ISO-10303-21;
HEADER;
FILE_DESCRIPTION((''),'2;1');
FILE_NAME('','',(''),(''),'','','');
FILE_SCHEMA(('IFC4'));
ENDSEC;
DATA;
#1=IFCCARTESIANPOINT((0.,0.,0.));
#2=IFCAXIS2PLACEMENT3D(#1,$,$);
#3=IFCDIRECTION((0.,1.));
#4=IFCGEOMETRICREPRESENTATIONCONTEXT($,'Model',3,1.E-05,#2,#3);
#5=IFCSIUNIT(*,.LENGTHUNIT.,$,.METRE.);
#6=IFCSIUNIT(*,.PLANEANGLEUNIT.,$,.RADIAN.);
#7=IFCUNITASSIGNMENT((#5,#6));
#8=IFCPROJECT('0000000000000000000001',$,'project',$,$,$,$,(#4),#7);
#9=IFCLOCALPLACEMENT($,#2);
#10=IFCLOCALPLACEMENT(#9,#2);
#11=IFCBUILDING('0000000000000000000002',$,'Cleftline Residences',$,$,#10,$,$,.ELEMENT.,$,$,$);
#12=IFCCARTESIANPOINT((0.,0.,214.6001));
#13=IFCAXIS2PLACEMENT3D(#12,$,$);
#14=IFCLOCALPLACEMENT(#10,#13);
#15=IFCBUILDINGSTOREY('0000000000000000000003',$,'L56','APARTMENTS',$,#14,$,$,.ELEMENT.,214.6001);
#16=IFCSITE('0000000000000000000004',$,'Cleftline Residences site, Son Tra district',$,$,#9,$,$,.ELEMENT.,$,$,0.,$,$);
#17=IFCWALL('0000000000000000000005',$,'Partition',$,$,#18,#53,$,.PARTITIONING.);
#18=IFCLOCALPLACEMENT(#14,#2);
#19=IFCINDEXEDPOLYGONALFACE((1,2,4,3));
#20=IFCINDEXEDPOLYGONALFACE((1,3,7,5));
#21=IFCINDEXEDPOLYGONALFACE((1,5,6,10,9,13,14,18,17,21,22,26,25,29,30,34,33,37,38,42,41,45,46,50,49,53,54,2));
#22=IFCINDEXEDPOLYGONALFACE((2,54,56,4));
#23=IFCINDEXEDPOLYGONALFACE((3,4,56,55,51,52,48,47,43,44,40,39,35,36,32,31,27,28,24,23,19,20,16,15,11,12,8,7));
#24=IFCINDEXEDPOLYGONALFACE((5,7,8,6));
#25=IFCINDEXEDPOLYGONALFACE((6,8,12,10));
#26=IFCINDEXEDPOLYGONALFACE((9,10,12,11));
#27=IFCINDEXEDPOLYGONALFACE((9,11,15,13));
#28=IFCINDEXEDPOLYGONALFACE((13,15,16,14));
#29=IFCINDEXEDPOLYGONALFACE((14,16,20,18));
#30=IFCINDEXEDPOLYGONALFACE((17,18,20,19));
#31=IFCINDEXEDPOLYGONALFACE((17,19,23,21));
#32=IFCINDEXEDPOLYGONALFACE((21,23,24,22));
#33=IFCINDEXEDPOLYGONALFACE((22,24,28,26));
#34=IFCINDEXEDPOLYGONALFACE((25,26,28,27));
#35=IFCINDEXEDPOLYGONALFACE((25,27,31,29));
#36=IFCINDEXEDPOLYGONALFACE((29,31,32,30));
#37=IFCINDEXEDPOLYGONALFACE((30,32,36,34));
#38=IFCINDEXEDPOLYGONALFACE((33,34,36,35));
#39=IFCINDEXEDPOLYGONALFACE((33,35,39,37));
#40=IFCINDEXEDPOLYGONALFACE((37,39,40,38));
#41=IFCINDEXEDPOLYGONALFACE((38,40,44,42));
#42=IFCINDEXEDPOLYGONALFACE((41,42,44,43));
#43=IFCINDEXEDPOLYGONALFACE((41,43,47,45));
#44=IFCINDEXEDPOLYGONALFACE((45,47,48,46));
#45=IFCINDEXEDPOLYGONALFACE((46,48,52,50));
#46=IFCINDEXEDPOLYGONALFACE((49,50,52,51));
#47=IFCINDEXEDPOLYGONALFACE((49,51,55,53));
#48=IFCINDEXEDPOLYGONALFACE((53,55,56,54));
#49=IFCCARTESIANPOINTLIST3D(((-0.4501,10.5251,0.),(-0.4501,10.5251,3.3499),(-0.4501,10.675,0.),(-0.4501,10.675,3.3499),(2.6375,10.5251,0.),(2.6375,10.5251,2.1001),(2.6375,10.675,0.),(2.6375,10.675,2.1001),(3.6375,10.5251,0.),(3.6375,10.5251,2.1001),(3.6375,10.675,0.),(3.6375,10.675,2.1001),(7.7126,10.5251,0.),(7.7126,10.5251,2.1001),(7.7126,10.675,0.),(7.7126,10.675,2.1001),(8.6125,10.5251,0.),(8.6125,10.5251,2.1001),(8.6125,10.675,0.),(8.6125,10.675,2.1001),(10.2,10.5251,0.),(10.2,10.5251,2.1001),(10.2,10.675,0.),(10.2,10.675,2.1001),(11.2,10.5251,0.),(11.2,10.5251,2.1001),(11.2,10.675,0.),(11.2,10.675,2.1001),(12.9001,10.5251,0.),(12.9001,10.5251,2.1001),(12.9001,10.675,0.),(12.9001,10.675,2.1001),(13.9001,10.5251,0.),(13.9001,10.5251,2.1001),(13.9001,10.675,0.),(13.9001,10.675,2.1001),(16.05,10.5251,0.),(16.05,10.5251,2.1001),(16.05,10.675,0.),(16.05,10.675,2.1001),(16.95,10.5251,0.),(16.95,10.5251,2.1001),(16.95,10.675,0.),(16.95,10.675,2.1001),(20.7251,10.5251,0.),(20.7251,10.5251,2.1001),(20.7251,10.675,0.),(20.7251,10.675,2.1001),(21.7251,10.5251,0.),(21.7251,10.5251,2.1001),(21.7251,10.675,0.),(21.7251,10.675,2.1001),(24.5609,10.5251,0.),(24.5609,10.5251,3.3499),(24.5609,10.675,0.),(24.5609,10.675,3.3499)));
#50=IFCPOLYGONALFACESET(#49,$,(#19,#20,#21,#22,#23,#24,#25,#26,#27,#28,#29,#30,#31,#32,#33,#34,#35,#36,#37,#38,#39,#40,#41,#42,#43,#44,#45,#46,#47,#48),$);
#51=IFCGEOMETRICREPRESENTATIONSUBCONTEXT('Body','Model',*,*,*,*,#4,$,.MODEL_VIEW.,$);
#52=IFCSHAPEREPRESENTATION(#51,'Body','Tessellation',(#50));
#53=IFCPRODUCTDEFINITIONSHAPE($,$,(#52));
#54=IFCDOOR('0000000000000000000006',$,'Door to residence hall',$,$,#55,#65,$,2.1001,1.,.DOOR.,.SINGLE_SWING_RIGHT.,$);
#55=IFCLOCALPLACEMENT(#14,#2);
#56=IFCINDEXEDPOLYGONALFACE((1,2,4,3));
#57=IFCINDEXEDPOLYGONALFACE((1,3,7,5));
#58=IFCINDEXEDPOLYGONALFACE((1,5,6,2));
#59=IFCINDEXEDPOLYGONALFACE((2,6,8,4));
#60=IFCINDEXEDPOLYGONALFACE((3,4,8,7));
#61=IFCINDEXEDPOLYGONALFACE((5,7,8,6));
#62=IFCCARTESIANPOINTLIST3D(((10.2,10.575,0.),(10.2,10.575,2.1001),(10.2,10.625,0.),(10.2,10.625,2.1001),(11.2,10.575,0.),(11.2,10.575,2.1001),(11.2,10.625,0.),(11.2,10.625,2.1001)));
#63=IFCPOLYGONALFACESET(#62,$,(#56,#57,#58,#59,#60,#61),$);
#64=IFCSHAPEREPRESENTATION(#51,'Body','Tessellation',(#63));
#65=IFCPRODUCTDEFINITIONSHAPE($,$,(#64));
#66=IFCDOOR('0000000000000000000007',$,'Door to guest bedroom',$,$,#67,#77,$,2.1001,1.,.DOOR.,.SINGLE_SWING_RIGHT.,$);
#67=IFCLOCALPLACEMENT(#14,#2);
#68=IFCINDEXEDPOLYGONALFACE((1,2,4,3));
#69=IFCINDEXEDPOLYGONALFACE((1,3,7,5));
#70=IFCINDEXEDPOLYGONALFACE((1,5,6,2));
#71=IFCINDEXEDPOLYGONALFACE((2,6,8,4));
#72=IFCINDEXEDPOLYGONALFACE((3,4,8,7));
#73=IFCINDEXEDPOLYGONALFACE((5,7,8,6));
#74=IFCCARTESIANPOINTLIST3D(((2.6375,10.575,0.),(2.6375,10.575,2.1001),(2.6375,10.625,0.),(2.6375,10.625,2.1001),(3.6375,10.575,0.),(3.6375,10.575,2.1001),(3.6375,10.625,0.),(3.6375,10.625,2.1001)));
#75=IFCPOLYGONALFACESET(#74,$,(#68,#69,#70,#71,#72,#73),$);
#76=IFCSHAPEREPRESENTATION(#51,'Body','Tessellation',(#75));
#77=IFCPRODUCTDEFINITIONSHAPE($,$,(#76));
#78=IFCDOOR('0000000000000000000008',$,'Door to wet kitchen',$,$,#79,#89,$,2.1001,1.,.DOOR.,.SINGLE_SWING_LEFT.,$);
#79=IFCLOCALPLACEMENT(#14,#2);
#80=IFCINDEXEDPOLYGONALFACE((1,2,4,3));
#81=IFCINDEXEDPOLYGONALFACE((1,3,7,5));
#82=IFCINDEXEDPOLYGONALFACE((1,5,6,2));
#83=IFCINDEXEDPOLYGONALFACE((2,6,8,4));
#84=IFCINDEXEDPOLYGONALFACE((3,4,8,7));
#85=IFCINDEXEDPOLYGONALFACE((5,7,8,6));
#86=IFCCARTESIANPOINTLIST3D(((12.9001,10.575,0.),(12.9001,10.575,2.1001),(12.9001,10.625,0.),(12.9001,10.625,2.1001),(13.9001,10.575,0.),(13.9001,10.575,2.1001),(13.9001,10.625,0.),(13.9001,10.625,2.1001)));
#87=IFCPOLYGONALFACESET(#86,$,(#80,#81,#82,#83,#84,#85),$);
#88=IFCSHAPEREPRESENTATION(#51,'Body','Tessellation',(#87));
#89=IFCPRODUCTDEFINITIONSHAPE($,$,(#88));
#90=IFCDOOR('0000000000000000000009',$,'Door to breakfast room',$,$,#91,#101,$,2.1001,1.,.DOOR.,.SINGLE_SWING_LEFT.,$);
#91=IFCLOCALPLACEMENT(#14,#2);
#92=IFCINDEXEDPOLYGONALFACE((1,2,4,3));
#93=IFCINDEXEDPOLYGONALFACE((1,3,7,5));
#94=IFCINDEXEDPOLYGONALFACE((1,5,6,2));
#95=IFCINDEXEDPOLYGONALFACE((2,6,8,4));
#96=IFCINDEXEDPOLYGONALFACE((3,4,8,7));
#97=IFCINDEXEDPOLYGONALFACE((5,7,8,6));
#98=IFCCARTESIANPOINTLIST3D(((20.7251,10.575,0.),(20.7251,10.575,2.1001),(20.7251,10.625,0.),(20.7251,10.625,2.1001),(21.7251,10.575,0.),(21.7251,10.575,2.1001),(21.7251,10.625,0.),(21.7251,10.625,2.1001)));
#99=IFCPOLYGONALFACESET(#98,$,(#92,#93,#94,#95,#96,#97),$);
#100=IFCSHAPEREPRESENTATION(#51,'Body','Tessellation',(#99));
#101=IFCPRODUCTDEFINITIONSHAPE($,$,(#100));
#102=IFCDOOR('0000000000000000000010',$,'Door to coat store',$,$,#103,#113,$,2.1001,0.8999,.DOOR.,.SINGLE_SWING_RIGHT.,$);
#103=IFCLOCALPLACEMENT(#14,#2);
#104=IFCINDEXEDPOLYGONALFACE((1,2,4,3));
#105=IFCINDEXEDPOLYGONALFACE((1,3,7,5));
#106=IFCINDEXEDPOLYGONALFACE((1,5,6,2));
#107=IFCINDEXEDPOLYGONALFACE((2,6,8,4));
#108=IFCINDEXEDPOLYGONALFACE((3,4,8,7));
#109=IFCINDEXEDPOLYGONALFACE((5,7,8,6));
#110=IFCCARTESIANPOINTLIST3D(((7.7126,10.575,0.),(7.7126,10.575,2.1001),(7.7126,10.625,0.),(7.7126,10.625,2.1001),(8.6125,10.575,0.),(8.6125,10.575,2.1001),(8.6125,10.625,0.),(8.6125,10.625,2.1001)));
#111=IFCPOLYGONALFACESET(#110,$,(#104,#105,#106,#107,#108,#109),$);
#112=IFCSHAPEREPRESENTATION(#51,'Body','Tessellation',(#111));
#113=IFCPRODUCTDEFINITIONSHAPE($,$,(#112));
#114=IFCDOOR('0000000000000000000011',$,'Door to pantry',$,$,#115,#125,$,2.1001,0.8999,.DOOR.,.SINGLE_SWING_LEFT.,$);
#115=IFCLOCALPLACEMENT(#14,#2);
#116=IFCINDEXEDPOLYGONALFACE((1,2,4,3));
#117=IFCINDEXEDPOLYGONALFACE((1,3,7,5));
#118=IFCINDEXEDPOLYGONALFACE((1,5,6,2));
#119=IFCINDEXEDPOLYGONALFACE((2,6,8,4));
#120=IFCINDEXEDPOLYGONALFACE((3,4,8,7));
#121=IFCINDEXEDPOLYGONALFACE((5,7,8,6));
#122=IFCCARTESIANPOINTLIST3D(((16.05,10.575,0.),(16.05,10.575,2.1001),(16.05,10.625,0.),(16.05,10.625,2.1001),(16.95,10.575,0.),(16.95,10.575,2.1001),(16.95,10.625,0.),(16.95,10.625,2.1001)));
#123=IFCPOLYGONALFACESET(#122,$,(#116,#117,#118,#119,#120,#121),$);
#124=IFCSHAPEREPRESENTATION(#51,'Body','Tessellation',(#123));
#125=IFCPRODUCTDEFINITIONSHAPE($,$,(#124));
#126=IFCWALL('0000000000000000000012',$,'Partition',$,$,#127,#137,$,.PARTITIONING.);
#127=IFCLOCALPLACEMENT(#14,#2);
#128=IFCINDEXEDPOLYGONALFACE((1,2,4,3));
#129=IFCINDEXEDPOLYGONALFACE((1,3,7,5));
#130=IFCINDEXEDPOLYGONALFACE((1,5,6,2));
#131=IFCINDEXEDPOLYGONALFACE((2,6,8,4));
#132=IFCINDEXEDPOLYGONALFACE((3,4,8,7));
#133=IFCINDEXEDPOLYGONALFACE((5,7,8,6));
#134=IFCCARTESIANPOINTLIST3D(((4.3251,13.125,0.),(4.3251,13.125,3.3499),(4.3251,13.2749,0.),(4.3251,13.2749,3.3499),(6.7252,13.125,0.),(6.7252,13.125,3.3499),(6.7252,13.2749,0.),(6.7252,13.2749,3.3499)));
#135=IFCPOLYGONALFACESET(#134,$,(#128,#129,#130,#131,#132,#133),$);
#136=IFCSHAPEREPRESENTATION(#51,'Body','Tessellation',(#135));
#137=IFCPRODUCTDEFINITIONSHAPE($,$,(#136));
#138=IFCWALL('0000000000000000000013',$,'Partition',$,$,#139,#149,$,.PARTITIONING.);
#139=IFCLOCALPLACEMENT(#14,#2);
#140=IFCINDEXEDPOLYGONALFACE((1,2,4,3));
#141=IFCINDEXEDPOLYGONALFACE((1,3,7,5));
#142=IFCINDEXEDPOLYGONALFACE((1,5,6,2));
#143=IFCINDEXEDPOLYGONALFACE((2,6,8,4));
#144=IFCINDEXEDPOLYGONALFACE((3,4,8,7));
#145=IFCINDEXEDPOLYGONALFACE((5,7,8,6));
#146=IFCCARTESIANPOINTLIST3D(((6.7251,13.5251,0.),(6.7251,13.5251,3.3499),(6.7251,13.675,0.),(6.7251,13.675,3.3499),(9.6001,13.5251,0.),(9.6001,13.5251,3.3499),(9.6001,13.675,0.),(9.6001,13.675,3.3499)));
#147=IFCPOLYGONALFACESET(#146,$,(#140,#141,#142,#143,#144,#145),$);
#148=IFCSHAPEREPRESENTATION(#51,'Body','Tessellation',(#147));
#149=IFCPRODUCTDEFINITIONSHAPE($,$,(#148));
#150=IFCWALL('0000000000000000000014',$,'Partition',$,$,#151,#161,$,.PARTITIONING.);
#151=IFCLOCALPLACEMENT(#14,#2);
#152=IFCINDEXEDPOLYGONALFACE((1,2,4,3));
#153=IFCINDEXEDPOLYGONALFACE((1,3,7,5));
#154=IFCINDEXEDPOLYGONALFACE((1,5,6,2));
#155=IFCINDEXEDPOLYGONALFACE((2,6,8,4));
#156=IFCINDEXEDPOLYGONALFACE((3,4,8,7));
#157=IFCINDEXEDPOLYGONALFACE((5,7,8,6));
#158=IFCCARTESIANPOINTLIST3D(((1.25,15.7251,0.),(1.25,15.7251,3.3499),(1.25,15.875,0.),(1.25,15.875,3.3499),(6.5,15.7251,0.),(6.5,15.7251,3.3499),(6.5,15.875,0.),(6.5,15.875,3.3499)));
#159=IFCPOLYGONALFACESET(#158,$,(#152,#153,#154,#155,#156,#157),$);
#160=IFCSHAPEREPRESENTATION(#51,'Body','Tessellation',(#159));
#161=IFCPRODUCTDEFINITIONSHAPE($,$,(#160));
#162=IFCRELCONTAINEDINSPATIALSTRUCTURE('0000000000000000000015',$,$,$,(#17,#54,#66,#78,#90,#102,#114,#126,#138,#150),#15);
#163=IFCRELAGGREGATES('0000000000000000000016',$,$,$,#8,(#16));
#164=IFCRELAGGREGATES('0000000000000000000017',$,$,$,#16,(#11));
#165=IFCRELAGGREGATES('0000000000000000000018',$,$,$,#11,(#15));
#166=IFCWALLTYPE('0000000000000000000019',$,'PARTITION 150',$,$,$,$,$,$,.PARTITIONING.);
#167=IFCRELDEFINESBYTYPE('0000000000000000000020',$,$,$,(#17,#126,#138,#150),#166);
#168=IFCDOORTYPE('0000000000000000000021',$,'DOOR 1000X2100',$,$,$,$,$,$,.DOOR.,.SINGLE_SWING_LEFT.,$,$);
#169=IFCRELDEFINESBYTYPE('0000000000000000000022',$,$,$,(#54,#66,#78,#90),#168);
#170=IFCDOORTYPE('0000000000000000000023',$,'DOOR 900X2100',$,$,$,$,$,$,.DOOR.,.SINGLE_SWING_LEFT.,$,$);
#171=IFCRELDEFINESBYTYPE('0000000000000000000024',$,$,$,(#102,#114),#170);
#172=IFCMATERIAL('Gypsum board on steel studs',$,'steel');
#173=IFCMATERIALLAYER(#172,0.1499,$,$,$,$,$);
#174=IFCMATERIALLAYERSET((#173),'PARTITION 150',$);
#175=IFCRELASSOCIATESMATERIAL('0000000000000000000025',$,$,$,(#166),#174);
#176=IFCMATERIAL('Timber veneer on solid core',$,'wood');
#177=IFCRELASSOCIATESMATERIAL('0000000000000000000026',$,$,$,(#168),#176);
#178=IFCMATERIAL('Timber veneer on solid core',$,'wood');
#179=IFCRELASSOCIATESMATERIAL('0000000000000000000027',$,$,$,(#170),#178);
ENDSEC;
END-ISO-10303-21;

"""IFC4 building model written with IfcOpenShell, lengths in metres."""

from ifc_helpers import new_model, si_unit, direction, frame, frame_2d, origin, place, context, subcontext, project, spatial, rectangle, extrude, material, layer, layer_set, type_object, element, fill, save


model = new_model("IFC4")

# Units and contexts
model_context = context("Model", 3, precision=1e-05, world=origin(), true_north=direction((0.0, 1.0)))
body_context = subcontext(model_context, "Body", "Model", "MODEL_VIEW")
ifc_project = project(units=[si_unit("LENGTHUNIT", "METRE"), si_unit("PLANEANGLEUNIT", "RADIAN")], contexts=[model_context])

# Site, building, storey
site_placement = place(None, origin())
site = spatial("IfcSite", under=ifc_project, at=site_placement, Name="Cleftline Residences site, Son Tra district", CompositionType="ELEMENT", RefElevation=0.0)
building_placement = place(site_placement, origin())
building = spatial("IfcBuilding", under=site, at=building_placement, Name="Cleftline Residences", CompositionType="ELEMENT")
storey_placement = place(building_placement, frame((0.0, 0.0, 214.6001)))
storey = spatial("IfcBuildingStorey", under=building, at=storey_placement, Name="L56", Description="APARTMENTS", CompositionType="ELEMENT", Elevation=214.6001)

# Wall, openings, doors
ifc_material_1 = material(Name="Gypsum board on steel studs", Category="steel")
ifc_layer = layer(ifc_material_1, 0.1499)
ifc_layer_set = layer_set([ifc_layer], Name="PARTITION 150")
wall_type = type_object("IfcWallType", Name="PARTITION 150", PredefinedType="PARTITIONING", material=ifc_layer_set)
wall_1_placement = place(storey_placement, frame((-0.45, 10.6001, 0.0), z_axis=(0.0, 0.0, 1.0), x_axis=(1.0, 0.0, 0.0)))
wall_1 = element("IfcWall", 1, at=wall_1_placement, inside=storey, type_object=wall_type, Name="Partition", PredefinedType="PARTITIONING", context=body_context, shape_type="SweptSolid", body=[
    extrude(rectangle(XDim=25.011, YDim=0.1499, at=frame_2d((12.5054, 0.0))), origin(), (0.0, 0.0, 1.0), 3.3499),
])
opening_1_placement = place(wall_1_placement, frame((10.6499, 0.0, 0.0)))
opening_1 = element("IfcOpeningElement", 2, at=opening_1_placement, cuts=wall_1, PredefinedType="OPENING", context=body_context, shape_type="SweptSolid", body=[
    extrude(rectangle(XDim=1.0, YDim=2.1001, at=frame_2d((0.5, 1.05))), frame((0.0, 0.085, 0.0), z_axis=(0.0, -1.0, 0.0), x_axis=(1.0, 0.0, 0.0)), (0.0, 0.0, 1.0), 0.1699),
])
opening_2_placement = place(wall_1_placement, frame((3.0874, 0.0, 0.0)))
opening_2 = element("IfcOpeningElement", 3, at=opening_2_placement, cuts=wall_1, PredefinedType="OPENING", context=body_context, shape_type="SweptSolid", body=[
    extrude(rectangle(XDim=1.0, YDim=2.1001, at=frame_2d((0.5, 1.05))), frame((0.0, 0.085, 0.0), z_axis=(0.0, -1.0, 0.0), x_axis=(1.0, 0.0, 0.0)), (0.0, 0.0, 1.0), 0.1699),
])
opening_3_placement = place(wall_1_placement, frame((8.1626, 0.0, 0.0)))
opening_3 = element("IfcOpeningElement", 4, at=opening_3_placement, cuts=wall_1, PredefinedType="OPENING", context=body_context, shape_type="SweptSolid", body=[
    extrude(rectangle(XDim=0.8999, YDim=2.1001, at=frame_2d((0.45, 1.05))), frame((0.0, 0.085, 0.0), z_axis=(0.0, -1.0, 0.0), x_axis=(1.0, 0.0, 0.0)), (0.0, 0.0, 1.0), 0.1699),
])
opening_4_placement = place(wall_1_placement, frame((13.3501, 0.0, 0.0)))
opening_4 = element("IfcOpeningElement", 5, at=opening_4_placement, cuts=wall_1, PredefinedType="OPENING", context=body_context, shape_type="SweptSolid", body=[
    extrude(rectangle(XDim=1.0, YDim=2.1001, at=frame_2d((0.5, 1.05))), frame((0.0, 0.085, 0.0), z_axis=(0.0, -1.0, 0.0), x_axis=(1.0, 0.0, 0.0)), (0.0, 0.0, 1.0), 0.1699),
])
opening_5_placement = place(wall_1_placement, frame((16.5, 0.0, 0.0)))
opening_5 = element("IfcOpeningElement", 6, at=opening_5_placement, cuts=wall_1, PredefinedType="OPENING", context=body_context, shape_type="SweptSolid", body=[
    extrude(rectangle(XDim=0.8999, YDim=2.1001, at=frame_2d((0.45, 1.05))), frame((0.0, 0.085, 0.0), z_axis=(0.0, -1.0, 0.0), x_axis=(1.0, 0.0, 0.0)), (0.0, 0.0, 1.0), 0.1699),
])
opening_6_placement = place(wall_1_placement, frame((21.175, 0.0, 0.0)))
opening_6 = element("IfcOpeningElement", 7, at=opening_6_placement, cuts=wall_1, PredefinedType="OPENING", context=body_context, shape_type="SweptSolid", body=[
    extrude(rectangle(XDim=1.0, YDim=2.1001, at=frame_2d((0.5, 1.05))), frame((0.0, 0.085, 0.0), z_axis=(0.0, -1.0, 0.0), x_axis=(1.0, 0.0, 0.0)), (0.0, 0.0, 1.0), 0.1699),
])
ifc_material_2 = material(Name="Timber veneer on solid core", Category="wood")
door_type_1 = type_object("IfcDoorType", Name="DOOR 1000X2100", OperationType="SINGLE_SWING_LEFT", PredefinedType="DOOR", material=ifc_material_2)
door_1_placement = place(opening_1_placement, origin())
door_1 = element("IfcDoor", 8, at=door_1_placement, inside=storey, type_object=door_type_1, Name="Door to residence hall", OperationType="SINGLE_SWING_RIGHT", OverallHeight=2.1001, OverallWidth=1.0, PredefinedType="DOOR", context=body_context, shape_type="SweptSolid", body=[
    extrude(rectangle(XDim=1.0, YDim=2.1001, at=frame_2d((0.5, 1.05))), frame((0.0, 0.0249, 0.0), z_axis=(0.0, -1.0, 0.0), x_axis=(1.0, 0.0, 0.0)), (0.0, 0.0, 1.0), 0.05),
])
fill(opening_1, door_1)
door_2_placement = place(opening_2_placement, origin())
door_2 = element("IfcDoor", 9, at=door_2_placement, inside=storey, type_object=door_type_1, Name="Door to guest bedroom", OperationType="SINGLE_SWING_RIGHT", OverallHeight=2.1001, OverallWidth=1.0, PredefinedType="DOOR", context=body_context, shape_type="SweptSolid", body=[
    extrude(rectangle(XDim=1.0, YDim=2.1001, at=frame_2d((0.5, 1.05))), frame((0.0, 0.0249, 0.0), z_axis=(0.0, -1.0, 0.0), x_axis=(1.0, 0.0, 0.0)), (0.0, 0.0, 1.0), 0.05),
])
fill(opening_2, door_2)
door_3_placement = place(opening_4_placement, origin())
door_3 = element("IfcDoor", 10, at=door_3_placement, inside=storey, type_object=door_type_1, Name="Door to wet kitchen", OperationType="SINGLE_SWING_LEFT", OverallHeight=2.1001, OverallWidth=1.0, PredefinedType="DOOR", context=body_context, shape_type="SweptSolid", body=[
    extrude(rectangle(XDim=1.0, YDim=2.1001, at=frame_2d((0.5, 1.05))), frame((0.0, 0.0249, 0.0), z_axis=(0.0, -1.0, 0.0), x_axis=(1.0, 0.0, 0.0)), (0.0, 0.0, 1.0), 0.05),
])
fill(opening_4, door_3)
door_4_placement = place(opening_6_placement, origin())
door_4 = element("IfcDoor", 11, at=door_4_placement, inside=storey, type_object=door_type_1, Name="Door to breakfast room", OperationType="SINGLE_SWING_LEFT", OverallHeight=2.1001, OverallWidth=1.0, PredefinedType="DOOR", context=body_context, shape_type="SweptSolid", body=[
    extrude(rectangle(XDim=1.0, YDim=2.1001, at=frame_2d((0.5, 1.05))), frame((0.0, 0.0249, 0.0), z_axis=(0.0, -1.0, 0.0), x_axis=(1.0, 0.0, 0.0)), (0.0, 0.0, 1.0), 0.05),
])
fill(opening_6, door_4)
ifc_material_3 = material(Name="Timber veneer on solid core", Category="wood")
door_type_2 = type_object("IfcDoorType", Name="DOOR 900X2100", OperationType="SINGLE_SWING_LEFT", PredefinedType="DOOR", material=ifc_material_3)
door_5_placement = place(opening_3_placement, origin())
door_5 = element("IfcDoor", 12, at=door_5_placement, inside=storey, type_object=door_type_2, Name="Door to coat store", OperationType="SINGLE_SWING_RIGHT", OverallHeight=2.1001, OverallWidth=0.8999, PredefinedType="DOOR", context=body_context, shape_type="SweptSolid", body=[
    extrude(rectangle(XDim=0.8999, YDim=2.1001, at=frame_2d((0.45, 1.05))), frame((0.0, 0.0249, 0.0), z_axis=(0.0, -1.0, 0.0), x_axis=(1.0, 0.0, 0.0)), (0.0, 0.0, 1.0), 0.05),
])
fill(opening_3, door_5)
door_6_placement = place(opening_5_placement, origin())
door_6 = element("IfcDoor", 13, at=door_6_placement, inside=storey, type_object=door_type_2, Name="Door to pantry", OperationType="SINGLE_SWING_LEFT", OverallHeight=2.1001, OverallWidth=0.8999, PredefinedType="DOOR", context=body_context, shape_type="SweptSolid", body=[
    extrude(rectangle(XDim=0.8999, YDim=2.1001, at=frame_2d((0.45, 1.05))), frame((0.0, 0.0249, 0.0), z_axis=(0.0, -1.0, 0.0), x_axis=(1.0, 0.0, 0.0)), (0.0, 0.0, 1.0), 0.05),
])
fill(opening_5, door_6)

# Walls
wall_2_placement = place(storey_placement, frame((4.325, 13.2, 0.0), z_axis=(0.0, 0.0, 1.0), x_axis=(1.0, 0.0, 0.0)))
element("IfcWall", 14, at=wall_2_placement, inside=storey, type_object=wall_type, Name="Partition", PredefinedType="PARTITIONING", context=body_context, shape_type="SweptSolid", body=[
    extrude(rectangle(XDim=2.4001, YDim=0.1499, at=frame_2d((1.2002, 0.0))), origin(), (0.0, 0.0, 1.0), 3.3499),
])
wall_3_placement = place(storey_placement, frame((6.7251, 13.6001, 0.0), z_axis=(0.0, 0.0, 1.0), x_axis=(1.0, 0.0, 0.0)))
element("IfcWall", 15, at=wall_3_placement, inside=storey, type_object=wall_type, Name="Partition", PredefinedType="PARTITIONING", context=body_context, shape_type="SweptSolid", body=[
    extrude(rectangle(XDim=2.875, YDim=0.1499, at=frame_2d((1.4375, 0.0))), origin(), (0.0, 0.0, 1.0), 3.3499),
])
wall_4_placement = place(storey_placement, frame((1.25, 15.8, 0.0), z_axis=(0.0, 0.0, 1.0), x_axis=(1.0, 0.0, 0.0)))
element("IfcWall", 16, at=wall_4_placement, inside=storey, type_object=wall_type, Name="Partition", PredefinedType="PARTITIONING", context=body_context, shape_type="SweptSolid", body=[
    extrude(rectangle(XDim=5.25, YDim=0.1499, at=frame_2d((2.625, 0.0))), origin(), (0.0, 0.0, 1.0), 3.3499),
])

save(model, "model.ifc")
